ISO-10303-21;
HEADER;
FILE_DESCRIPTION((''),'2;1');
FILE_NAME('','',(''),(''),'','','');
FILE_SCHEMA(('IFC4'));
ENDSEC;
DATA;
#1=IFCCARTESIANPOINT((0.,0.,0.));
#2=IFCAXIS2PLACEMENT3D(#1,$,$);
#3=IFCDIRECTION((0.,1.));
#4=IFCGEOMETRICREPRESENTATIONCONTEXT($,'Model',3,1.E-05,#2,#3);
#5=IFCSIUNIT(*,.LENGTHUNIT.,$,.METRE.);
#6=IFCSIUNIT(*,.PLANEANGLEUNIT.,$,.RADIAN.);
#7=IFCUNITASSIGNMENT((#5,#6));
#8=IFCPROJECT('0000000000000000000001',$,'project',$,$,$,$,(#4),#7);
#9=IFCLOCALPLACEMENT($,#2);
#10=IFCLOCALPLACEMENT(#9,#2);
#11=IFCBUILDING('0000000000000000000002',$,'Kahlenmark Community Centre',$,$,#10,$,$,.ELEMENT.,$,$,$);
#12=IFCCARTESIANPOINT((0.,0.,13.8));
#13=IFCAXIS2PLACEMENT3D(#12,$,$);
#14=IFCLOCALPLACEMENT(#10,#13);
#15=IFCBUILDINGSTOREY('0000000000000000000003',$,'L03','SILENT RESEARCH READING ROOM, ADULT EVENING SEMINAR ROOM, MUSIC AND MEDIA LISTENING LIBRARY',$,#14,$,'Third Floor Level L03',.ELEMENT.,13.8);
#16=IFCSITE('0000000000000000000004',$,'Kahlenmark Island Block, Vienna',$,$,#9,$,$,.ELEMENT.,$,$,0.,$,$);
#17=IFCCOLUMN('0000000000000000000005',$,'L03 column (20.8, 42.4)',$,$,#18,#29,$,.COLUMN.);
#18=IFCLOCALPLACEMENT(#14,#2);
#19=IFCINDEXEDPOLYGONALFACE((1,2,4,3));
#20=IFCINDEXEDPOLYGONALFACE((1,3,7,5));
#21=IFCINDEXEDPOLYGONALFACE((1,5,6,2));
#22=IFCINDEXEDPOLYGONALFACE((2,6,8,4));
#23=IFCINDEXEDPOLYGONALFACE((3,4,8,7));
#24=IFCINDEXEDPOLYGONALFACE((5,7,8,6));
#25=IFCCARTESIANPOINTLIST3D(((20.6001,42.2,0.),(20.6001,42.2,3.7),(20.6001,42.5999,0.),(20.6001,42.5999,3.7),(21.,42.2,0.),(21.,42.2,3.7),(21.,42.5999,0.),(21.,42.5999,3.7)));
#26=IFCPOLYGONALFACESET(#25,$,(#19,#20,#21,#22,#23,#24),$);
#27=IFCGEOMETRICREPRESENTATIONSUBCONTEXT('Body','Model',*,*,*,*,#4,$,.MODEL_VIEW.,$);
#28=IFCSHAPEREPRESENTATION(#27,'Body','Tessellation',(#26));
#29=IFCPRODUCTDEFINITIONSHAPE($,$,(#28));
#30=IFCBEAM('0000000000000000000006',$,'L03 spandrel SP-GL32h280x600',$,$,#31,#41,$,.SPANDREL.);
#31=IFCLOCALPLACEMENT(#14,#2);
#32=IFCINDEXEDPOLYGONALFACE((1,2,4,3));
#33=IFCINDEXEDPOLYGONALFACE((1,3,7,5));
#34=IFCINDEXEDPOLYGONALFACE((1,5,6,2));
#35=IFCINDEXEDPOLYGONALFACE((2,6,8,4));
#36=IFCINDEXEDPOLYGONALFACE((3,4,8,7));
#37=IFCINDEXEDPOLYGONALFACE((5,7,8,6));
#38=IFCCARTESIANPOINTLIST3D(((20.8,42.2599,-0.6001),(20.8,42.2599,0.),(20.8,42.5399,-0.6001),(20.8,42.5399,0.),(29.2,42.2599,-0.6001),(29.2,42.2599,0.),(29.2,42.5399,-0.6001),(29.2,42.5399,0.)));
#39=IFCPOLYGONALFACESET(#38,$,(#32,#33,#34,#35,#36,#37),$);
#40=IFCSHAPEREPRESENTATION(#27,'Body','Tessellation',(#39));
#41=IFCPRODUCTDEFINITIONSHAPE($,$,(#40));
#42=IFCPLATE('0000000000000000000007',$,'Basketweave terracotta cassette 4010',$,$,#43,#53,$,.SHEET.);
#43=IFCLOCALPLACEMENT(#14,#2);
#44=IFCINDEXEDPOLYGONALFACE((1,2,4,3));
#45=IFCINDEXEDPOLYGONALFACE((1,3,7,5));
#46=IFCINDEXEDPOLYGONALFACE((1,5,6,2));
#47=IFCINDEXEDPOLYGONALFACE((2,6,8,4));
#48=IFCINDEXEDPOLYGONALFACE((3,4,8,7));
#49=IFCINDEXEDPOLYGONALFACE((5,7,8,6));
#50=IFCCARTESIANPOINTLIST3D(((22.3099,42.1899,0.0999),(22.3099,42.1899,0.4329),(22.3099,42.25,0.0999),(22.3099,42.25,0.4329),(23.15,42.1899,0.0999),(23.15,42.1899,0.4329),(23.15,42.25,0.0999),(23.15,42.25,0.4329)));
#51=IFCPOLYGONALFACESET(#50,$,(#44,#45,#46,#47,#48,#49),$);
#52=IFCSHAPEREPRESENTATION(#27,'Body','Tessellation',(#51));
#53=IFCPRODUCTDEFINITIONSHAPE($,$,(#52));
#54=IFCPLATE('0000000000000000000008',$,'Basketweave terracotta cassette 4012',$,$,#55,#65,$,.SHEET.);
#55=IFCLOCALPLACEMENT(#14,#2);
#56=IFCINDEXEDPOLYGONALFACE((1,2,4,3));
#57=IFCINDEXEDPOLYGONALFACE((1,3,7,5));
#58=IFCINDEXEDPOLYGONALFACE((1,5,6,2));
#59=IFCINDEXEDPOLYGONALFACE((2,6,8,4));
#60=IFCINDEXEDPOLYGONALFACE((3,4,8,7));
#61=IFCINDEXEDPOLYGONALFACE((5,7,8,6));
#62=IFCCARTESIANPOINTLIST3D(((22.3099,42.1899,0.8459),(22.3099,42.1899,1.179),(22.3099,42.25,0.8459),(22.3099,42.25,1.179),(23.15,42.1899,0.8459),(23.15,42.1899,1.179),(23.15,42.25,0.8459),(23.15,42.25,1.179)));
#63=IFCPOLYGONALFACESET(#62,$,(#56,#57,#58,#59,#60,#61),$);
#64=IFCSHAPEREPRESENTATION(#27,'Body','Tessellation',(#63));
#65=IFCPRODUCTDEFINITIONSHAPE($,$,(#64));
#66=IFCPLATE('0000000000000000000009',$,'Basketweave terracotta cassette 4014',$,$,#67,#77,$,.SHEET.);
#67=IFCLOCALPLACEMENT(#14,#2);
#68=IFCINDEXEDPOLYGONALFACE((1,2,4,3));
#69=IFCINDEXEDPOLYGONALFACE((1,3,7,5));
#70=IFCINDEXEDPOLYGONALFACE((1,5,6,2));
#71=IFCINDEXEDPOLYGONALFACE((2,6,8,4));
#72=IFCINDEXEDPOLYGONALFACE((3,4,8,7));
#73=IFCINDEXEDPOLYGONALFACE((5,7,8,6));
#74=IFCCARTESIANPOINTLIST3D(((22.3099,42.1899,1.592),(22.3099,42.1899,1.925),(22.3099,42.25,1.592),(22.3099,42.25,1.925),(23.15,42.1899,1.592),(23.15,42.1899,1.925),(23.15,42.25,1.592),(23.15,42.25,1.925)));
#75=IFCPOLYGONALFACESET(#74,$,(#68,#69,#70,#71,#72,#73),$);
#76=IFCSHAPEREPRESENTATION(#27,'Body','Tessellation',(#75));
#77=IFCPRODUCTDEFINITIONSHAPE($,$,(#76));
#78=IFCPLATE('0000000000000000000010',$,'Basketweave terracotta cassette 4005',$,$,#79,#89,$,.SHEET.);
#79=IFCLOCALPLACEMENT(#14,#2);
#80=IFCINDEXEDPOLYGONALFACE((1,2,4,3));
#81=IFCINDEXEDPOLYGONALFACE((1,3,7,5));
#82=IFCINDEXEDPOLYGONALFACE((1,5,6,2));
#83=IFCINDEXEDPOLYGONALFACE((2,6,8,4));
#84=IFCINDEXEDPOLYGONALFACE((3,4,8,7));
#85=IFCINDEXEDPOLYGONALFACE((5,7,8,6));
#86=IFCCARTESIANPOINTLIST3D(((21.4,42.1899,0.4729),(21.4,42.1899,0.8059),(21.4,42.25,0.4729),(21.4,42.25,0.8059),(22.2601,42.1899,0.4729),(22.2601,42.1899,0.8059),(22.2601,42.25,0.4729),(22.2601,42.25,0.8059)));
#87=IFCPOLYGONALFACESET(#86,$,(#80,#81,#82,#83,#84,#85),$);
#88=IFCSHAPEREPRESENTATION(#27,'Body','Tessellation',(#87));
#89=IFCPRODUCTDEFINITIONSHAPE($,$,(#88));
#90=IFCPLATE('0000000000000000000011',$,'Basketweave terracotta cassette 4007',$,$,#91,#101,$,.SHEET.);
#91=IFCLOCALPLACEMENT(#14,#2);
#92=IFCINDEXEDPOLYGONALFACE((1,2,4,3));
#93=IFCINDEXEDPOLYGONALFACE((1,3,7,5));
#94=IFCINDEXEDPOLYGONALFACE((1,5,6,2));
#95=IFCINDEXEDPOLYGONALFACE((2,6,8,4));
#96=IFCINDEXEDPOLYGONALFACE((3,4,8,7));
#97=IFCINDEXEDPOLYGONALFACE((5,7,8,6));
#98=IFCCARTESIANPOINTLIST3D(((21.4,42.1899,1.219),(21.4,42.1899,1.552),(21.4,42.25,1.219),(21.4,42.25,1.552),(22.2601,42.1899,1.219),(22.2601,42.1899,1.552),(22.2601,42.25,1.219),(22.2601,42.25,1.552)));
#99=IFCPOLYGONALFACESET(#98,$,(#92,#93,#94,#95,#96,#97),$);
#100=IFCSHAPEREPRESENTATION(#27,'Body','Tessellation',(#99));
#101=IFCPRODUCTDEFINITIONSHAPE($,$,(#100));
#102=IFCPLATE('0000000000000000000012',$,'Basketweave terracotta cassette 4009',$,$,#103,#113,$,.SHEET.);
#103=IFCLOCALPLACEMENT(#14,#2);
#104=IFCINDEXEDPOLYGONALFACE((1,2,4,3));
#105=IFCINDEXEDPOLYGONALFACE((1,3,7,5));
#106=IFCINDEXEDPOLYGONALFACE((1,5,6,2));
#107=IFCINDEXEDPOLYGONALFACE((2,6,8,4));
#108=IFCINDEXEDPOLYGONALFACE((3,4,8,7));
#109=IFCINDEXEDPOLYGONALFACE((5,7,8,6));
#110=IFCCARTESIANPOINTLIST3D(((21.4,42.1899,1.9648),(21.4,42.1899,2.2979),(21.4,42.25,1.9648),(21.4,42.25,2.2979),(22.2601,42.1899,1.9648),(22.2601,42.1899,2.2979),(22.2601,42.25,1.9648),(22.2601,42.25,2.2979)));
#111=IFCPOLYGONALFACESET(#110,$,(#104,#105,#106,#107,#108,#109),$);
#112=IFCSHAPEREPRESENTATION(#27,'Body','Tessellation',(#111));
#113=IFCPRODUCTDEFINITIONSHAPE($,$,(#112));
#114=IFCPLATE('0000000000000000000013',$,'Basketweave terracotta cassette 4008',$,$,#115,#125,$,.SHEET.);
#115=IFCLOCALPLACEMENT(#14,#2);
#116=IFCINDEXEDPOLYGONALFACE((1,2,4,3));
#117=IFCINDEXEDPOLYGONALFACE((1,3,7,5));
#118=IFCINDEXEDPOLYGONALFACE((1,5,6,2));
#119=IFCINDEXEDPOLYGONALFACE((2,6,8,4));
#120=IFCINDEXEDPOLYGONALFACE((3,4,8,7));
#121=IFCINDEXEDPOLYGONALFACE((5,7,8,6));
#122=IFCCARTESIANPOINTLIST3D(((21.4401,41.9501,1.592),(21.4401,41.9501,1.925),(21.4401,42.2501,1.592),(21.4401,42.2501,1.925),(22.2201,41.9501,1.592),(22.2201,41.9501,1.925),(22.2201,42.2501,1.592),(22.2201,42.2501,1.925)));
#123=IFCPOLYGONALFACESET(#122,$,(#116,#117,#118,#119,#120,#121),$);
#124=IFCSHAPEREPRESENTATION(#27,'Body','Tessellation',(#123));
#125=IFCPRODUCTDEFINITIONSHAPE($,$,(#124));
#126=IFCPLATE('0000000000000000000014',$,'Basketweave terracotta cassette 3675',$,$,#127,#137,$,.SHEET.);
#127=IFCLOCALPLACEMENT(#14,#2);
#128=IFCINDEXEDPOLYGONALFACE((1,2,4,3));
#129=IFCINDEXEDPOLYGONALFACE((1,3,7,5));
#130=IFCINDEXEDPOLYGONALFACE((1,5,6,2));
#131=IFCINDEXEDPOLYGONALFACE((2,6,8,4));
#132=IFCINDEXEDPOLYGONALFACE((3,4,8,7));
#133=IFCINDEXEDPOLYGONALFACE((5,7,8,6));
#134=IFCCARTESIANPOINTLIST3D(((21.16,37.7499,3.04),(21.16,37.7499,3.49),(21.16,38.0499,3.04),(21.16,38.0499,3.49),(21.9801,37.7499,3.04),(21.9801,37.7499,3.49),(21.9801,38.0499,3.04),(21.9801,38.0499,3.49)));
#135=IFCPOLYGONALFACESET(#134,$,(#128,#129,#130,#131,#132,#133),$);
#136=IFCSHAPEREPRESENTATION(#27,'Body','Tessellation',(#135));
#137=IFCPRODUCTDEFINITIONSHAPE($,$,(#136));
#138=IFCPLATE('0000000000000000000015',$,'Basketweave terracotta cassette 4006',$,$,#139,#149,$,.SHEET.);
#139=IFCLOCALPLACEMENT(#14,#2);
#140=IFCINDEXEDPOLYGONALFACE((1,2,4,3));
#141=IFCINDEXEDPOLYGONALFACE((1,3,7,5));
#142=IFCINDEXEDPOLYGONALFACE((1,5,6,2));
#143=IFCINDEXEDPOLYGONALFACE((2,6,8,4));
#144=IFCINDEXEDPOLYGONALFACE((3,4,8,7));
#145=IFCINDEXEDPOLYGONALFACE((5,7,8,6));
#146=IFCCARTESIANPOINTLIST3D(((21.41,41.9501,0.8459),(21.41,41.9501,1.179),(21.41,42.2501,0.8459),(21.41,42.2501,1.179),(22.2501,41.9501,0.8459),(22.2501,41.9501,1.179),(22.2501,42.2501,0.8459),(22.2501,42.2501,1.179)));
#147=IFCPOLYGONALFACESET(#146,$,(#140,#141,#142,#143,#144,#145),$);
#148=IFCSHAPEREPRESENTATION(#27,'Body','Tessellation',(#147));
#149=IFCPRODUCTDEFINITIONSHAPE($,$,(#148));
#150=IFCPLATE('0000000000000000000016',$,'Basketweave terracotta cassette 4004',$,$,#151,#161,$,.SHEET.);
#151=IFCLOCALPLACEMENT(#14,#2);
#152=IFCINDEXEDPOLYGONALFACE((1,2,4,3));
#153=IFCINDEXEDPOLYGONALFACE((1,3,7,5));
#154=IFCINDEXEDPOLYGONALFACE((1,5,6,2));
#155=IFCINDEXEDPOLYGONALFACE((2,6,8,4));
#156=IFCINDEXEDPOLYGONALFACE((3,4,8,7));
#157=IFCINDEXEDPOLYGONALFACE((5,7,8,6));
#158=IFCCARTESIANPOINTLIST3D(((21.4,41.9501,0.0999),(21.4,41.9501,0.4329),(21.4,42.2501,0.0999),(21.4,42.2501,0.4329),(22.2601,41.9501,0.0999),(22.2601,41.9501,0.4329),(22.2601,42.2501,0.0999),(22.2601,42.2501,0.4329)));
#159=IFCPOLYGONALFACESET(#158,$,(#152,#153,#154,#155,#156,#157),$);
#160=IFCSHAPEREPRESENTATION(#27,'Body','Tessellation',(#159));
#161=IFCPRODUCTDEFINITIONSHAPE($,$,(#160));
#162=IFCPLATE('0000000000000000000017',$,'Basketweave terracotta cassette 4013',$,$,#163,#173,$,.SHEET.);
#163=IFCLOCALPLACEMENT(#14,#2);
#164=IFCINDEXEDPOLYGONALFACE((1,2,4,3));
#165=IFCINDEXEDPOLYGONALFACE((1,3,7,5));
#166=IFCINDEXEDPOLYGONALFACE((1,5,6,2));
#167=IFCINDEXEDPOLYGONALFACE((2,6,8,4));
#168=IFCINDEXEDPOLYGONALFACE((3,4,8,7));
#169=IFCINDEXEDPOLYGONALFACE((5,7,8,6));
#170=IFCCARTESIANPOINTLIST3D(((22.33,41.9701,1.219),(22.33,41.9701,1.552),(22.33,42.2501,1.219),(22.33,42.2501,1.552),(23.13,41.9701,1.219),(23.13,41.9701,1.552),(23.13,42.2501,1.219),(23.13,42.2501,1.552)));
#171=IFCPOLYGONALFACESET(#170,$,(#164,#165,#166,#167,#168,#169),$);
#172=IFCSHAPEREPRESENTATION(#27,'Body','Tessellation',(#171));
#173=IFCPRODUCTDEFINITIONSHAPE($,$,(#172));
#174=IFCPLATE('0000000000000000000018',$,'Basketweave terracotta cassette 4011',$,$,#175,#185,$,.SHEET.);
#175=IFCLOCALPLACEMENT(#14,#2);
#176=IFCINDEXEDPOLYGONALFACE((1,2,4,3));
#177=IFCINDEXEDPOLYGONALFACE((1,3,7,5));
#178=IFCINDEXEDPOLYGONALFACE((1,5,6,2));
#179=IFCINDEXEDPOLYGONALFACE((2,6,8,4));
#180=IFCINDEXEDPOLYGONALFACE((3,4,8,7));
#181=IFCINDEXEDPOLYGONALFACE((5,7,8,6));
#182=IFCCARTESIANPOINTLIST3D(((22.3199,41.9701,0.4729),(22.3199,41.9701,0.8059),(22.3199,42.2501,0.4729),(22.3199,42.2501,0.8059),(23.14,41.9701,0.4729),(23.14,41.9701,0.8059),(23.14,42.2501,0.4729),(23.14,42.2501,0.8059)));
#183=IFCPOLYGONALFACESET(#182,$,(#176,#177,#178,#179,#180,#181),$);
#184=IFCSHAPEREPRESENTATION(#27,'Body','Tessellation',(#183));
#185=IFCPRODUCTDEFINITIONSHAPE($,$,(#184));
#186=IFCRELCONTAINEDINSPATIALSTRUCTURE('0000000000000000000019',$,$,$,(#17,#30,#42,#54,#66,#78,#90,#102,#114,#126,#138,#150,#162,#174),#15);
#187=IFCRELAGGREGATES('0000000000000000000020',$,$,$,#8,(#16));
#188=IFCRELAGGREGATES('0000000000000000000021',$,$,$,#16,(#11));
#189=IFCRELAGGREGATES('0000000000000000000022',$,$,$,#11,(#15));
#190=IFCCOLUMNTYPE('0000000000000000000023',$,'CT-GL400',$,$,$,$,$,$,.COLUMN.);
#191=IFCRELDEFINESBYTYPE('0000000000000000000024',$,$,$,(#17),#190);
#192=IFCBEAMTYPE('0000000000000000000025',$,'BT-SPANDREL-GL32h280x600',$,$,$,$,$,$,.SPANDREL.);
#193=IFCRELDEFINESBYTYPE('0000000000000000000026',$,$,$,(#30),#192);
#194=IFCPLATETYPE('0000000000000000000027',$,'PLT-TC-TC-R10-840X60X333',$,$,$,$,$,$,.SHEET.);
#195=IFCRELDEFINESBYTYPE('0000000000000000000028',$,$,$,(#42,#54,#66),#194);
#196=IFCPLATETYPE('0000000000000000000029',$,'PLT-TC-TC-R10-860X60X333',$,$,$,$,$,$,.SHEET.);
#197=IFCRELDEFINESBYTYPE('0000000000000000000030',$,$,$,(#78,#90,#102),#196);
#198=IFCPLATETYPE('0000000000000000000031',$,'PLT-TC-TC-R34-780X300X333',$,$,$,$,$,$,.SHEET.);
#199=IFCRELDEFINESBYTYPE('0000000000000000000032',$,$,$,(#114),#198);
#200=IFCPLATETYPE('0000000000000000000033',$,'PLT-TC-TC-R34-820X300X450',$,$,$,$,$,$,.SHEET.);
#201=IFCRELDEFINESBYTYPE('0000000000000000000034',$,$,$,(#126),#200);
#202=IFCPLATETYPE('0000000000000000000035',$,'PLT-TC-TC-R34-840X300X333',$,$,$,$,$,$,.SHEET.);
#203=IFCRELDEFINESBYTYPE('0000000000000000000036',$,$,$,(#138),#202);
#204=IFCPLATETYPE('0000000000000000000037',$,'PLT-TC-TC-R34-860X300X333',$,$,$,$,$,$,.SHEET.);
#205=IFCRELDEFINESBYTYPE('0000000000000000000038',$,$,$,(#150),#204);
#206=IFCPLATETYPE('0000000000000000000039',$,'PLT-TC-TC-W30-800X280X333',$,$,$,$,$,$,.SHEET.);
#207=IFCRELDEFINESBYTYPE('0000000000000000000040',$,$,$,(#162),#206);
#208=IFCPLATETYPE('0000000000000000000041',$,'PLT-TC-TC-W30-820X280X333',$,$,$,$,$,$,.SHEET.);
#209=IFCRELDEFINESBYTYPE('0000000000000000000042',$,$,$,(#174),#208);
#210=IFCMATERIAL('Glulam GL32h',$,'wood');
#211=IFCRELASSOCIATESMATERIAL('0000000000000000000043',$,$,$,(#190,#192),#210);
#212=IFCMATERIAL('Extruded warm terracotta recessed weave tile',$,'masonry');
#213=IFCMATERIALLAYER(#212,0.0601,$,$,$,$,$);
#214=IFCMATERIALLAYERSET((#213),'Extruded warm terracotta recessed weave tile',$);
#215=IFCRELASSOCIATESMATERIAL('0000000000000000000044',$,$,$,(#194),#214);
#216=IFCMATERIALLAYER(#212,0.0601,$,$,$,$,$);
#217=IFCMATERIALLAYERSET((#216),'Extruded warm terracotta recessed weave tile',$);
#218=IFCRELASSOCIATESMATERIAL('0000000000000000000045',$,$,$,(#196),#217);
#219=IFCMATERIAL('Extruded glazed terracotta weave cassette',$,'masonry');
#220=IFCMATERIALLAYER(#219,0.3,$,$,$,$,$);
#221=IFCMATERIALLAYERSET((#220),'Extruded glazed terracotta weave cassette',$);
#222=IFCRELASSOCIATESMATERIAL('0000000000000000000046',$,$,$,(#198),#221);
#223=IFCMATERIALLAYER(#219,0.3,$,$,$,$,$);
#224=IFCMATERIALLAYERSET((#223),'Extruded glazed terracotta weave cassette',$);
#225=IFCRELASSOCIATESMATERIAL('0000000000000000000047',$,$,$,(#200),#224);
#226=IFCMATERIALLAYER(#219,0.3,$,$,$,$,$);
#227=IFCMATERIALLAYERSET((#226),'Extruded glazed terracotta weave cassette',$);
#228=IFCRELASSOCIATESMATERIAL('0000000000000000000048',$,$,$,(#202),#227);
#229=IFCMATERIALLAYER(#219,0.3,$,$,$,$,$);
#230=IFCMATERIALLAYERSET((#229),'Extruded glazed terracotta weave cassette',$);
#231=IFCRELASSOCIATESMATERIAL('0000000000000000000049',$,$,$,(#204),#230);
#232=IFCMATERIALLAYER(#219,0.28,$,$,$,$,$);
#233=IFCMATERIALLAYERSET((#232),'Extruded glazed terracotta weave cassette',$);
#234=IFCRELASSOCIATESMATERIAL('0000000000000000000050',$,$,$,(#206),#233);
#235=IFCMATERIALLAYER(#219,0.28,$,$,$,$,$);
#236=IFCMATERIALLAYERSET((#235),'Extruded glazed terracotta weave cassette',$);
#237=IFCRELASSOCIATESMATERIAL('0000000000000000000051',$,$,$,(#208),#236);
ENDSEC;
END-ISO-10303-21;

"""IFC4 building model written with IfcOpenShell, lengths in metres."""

from ifc_helpers import new_model, si_unit, direction, frame, origin, origin_2d, place, context, subcontext, project, spatial, rectangle, extrude, material, layer, layer_set, material_profile, profile_set, type_object, element, save


model = new_model("IFC4")

# Units and contexts
model_context = context("Model", 3, precision=1e-05, world=origin(), true_north=direction((0.0, 1.0)))
body_context = subcontext(model_context, "Body", "Model", "MODEL_VIEW")
ifc_project = project(units=[si_unit("LENGTHUNIT", "METRE"), si_unit("PLANEANGLEUNIT", "RADIAN")], contexts=[model_context])

# Site, building, storey
site_placement = place(None, origin())
site = spatial("IfcSite", under=ifc_project, at=site_placement, Name="Kahlenmark Island Block, Vienna", CompositionType="ELEMENT", RefElevation=0.0)
building_placement = place(site_placement, origin())
building = spatial("IfcBuilding", under=site, at=building_placement, Name="Kahlenmark Community Centre", CompositionType="ELEMENT")
storey_placement = place(building_placement, frame((0.0, 0.0, 13.8)))
storey = spatial("IfcBuildingStorey", under=building, at=storey_placement, Name="L03", Description="SILENT RESEARCH READING ROOM, ADULT EVENING SEMINAR ROOM, MUSIC AND MEDIA LISTENING LIBRARY", LongName="Third Floor Level L03", CompositionType="ELEMENT", Elevation=13.8)

# Column
ifc_material_1 = material(Name="Glulam GL32h", Category="wood")
ifc_material_profile_1 = material_profile(ifc_material_1, rectangle(XDim=0.3999, YDim=0.3999, at=origin_2d()), Name="GL32h 400x400")
ifc_profile_set_1 = profile_set([ifc_material_profile_1], Name="Glulam GL32h")
column_type = type_object("IfcColumnType", Name="CT-GL400", PredefinedType="COLUMN", material=ifc_profile_set_1)
column_placement = place(storey_placement, frame((20.8, 42.3999, 0.0), z_axis=(0.0, 0.0, 1.0), x_axis=(1.0, 0.0, 0.0)))
element("IfcColumn", 1, at=column_placement, inside=storey, type_object=column_type, Name="L03 column (20.8, 42.4)", PredefinedType="COLUMN", context=body_context, shape_type="SweptSolid", body=[
    extrude(rectangle(XDim=0.3999, YDim=0.3999, at=origin_2d()), origin(), (0.0, 0.0, 1.0), 3.7),
])

# Beam
ifc_material_profile_2 = material_profile(ifc_material_1, rectangle(XDim=0.28, YDim=0.6001, at=origin_2d()), Name="GL32h 280x600")
ifc_profile_set_2 = profile_set([ifc_material_profile_2], Name="Glulam GL32h")
beam_type = type_object("IfcBeamType", Name="BT-SPANDREL-GL32h280x600", PredefinedType="SPANDREL", material=ifc_profile_set_2)
beam_placement = place(storey_placement, frame((20.8, 42.3999, -0.3), z_axis=(1.0, 0.0, 0.0), x_axis=(0.0, 1.0, 0.0)))
element("IfcBeam", 2, at=beam_placement, inside=storey, type_object=beam_type, Name="L03 spandrel SP-GL32h280x600", PredefinedType="SPANDREL", context=body_context, shape_type="SweptSolid", body=[
    extrude(rectangle(XDim=0.28, YDim=0.6001, at=origin_2d()), origin(), (0.0, 0.0, 1.0), 8.3999),
])

# Plates
ifc_material_2 = material(Name="Extruded warm terracotta recessed weave tile", Category="masonry")
ifc_layer_1 = layer(ifc_material_2, 0.0601)
ifc_layer_set_1 = layer_set([ifc_layer_1], Name="Extruded warm terracotta recessed weave tile")
plate_type_1 = type_object("IfcPlateType", Name="PLT-TC-TC-R10-840X60X333", PredefinedType="SHEET", material=ifc_layer_set_1)
for number, where, z_axis, x_axis, name in (
    (3, (22.73, 42.22, 0.0999), (0.0, 0.0, 1.0), (1.0, 0.0, 0.0), "Basketweave terracotta cassette 4010"),
    (4, (22.73, 42.22, 0.8459), (0.0, 0.0, 1.0), (1.0, 0.0, 0.0), "Basketweave terracotta cassette 4012"),
    (5, (22.73, 42.22, 1.592), (0.0, 0.0, 1.0), (1.0, 0.0, 0.0), "Basketweave terracotta cassette 4014"),
):
    element("IfcPlate", number, at=place(storey_placement, frame(where, z_axis=z_axis, x_axis=x_axis)), inside=storey, type_object=plate_type_1, Name=name, PredefinedType="SHEET", context=body_context, shape_type="SweptSolid", body=[
        extrude(rectangle(XDim=0.8401, YDim=0.0601, at=origin_2d()), origin(), (0.0, 0.0, 1.0), 0.333),
    ])
ifc_layer_2 = layer(ifc_material_2, 0.0601)
ifc_layer_set_2 = layer_set([ifc_layer_2], Name="Extruded warm terracotta recessed weave tile")
plate_type_2 = type_object("IfcPlateType", Name="PLT-TC-TC-R10-860X60X333", PredefinedType="SHEET", material=ifc_layer_set_2)
for number, where, z_axis, x_axis, name in (
    (6, (21.8301, 42.22, 0.4729), (0.0, 0.0, 1.0), (1.0, 0.0, 0.0), "Basketweave terracotta cassette 4005"),
    (7, (21.8301, 42.22, 1.219), (0.0, 0.0, 1.0), (1.0, 0.0, 0.0), "Basketweave terracotta cassette 4007"),
    (8, (21.8301, 42.22, 1.9648), (0.0, 0.0, 1.0), (1.0, 0.0, 0.0), "Basketweave terracotta cassette 4009"),
):
    element("IfcPlate", number, at=place(storey_placement, frame(where, z_axis=z_axis, x_axis=x_axis)), inside=storey, type_object=plate_type_2, Name=name, PredefinedType="SHEET", context=body_context, shape_type="SweptSolid", body=[
        extrude(rectangle(XDim=0.8601, YDim=0.0601, at=origin_2d()), origin(), (0.0, 0.0, 1.0), 0.333),
    ])
ifc_material_3 = material(Name="Extruded glazed terracotta weave cassette", Category="masonry")
ifc_layer_3 = layer(ifc_material_3, 0.3)
ifc_layer_set_3 = layer_set([ifc_layer_3], Name="Extruded glazed terracotta weave cassette")
plate_type_3 = type_object("IfcPlateType", Name="PLT-TC-TC-R34-780X300X333", PredefinedType="SHEET", material=ifc_layer_set_3)
plate_1_placement = place(storey_placement, frame((21.8301, 42.1001, 1.592), z_axis=(0.0, 0.0, 1.0), x_axis=(1.0, 0.0, 0.0)))
element("IfcPlate", 9, at=plate_1_placement, inside=storey, type_object=plate_type_3, Name="Basketweave terracotta cassette 4008", PredefinedType="SHEET", context=body_context, shape_type="SweptSolid", body=[
    extrude(rectangle(XDim=0.78, YDim=0.3, at=origin_2d()), origin(), (0.0, 0.0, 1.0), 0.333),
])
ifc_layer_4 = layer(ifc_material_3, 0.3)
ifc_layer_set_4 = layer_set([ifc_layer_4], Name="Extruded glazed terracotta weave cassette")
plate_type_4 = type_object("IfcPlateType", Name="PLT-TC-TC-R34-820X300X450", PredefinedType="SHEET", material=ifc_layer_set_4)
plate_2_placement = place(storey_placement, frame((21.5701, 37.8999, 3.04), z_axis=(0.0, 0.0, 1.0), x_axis=(-1.0, 0.0, 0.0)))
element("IfcPlate", 10, at=plate_2_placement, inside=storey, type_object=plate_type_4, Name="Basketweave terracotta cassette 3675", PredefinedType="SHEET", context=body_context, shape_type="SweptSolid", body=[
    extrude(rectangle(XDim=0.8201, YDim=0.3, at=origin_2d()), origin(), (0.0, 0.0, 1.0), 0.45),
])
ifc_layer_5 = layer(ifc_material_3, 0.3)
ifc_layer_set_5 = layer_set([ifc_layer_5], Name="Extruded glazed terracotta weave cassette")
plate_type_5 = type_object("IfcPlateType", Name="PLT-TC-TC-R34-840X300X333", PredefinedType="SHEET", material=ifc_layer_set_5)
plate_3_placement = place(storey_placement, frame((21.8301, 42.1001, 0.8459), z_axis=(0.0, 0.0, 1.0), x_axis=(1.0, 0.0, 0.0)))
element("IfcPlate", 11, at=plate_3_placement, inside=storey, type_object=plate_type_5, Name="Basketweave terracotta cassette 4006", PredefinedType="SHEET", context=body_context, shape_type="SweptSolid", body=[
    extrude(rectangle(XDim=0.8401, YDim=0.3, at=origin_2d()), origin(), (0.0, 0.0, 1.0), 0.333),
])
ifc_layer_6 = layer(ifc_material_3, 0.3)
ifc_layer_set_6 = layer_set([ifc_layer_6], Name="Extruded glazed terracotta weave cassette")
plate_type_6 = type_object("IfcPlateType", Name="PLT-TC-TC-R34-860X300X333", PredefinedType="SHEET", material=ifc_layer_set_6)
plate_4_placement = place(storey_placement, frame((21.8301, 42.1001, 0.0999), z_axis=(0.0, 0.0, 1.0), x_axis=(1.0, 0.0, 0.0)))
element("IfcPlate", 12, at=plate_4_placement, inside=storey, type_object=plate_type_6, Name="Basketweave terracotta cassette 4004", PredefinedType="SHEET", context=body_context, shape_type="SweptSolid", body=[
    extrude(rectangle(XDim=0.8601, YDim=0.3, at=origin_2d()), origin(), (0.0, 0.0, 1.0), 0.333),
])
ifc_layer_7 = layer(ifc_material_3, 0.28)
ifc_layer_set_7 = layer_set([ifc_layer_7], Name="Extruded glazed terracotta weave cassette")
plate_type_7 = type_object("IfcPlateType", Name="PLT-TC-TC-W30-800X280X333", PredefinedType="SHEET", material=ifc_layer_set_7)
plate_5_placement = place(storey_placement, frame((22.73, 42.1101, 1.219), z_axis=(0.0, 0.0, 1.0), x_axis=(1.0, 0.0, 0.0)))
element("IfcPlate", 13, at=plate_5_placement, inside=storey, type_object=plate_type_7, Name="Basketweave terracotta cassette 4013", PredefinedType="SHEET", context=body_context, shape_type="SweptSolid", body=[
    extrude(rectangle(XDim=0.8, YDim=0.28, at=origin_2d()), origin(), (0.0, 0.0, 1.0), 0.333),
])
ifc_layer_8 = layer(ifc_material_3, 0.28)
ifc_layer_set_8 = layer_set([ifc_layer_8], Name="Extruded glazed terracotta weave cassette")
plate_type_8 = type_object("IfcPlateType", Name="PLT-TC-TC-W30-820X280X333", PredefinedType="SHEET", material=ifc_layer_set_8)
plate_6_placement = place(storey_placement, frame((22.73, 42.1101, 0.4729), z_axis=(0.0, 0.0, 1.0), x_axis=(1.0, 0.0, 0.0)))
element("IfcPlate", 14, at=plate_6_placement, inside=storey, type_object=plate_type_8, Name="Basketweave terracotta cassette 4011", PredefinedType="SHEET", context=body_context, shape_type="SweptSolid", body=[
    extrude(rectangle(XDim=0.8201, YDim=0.28, at=origin_2d()), origin(), (0.0, 0.0, 1.0), 0.333),
])

save(model, "model.ifc")
